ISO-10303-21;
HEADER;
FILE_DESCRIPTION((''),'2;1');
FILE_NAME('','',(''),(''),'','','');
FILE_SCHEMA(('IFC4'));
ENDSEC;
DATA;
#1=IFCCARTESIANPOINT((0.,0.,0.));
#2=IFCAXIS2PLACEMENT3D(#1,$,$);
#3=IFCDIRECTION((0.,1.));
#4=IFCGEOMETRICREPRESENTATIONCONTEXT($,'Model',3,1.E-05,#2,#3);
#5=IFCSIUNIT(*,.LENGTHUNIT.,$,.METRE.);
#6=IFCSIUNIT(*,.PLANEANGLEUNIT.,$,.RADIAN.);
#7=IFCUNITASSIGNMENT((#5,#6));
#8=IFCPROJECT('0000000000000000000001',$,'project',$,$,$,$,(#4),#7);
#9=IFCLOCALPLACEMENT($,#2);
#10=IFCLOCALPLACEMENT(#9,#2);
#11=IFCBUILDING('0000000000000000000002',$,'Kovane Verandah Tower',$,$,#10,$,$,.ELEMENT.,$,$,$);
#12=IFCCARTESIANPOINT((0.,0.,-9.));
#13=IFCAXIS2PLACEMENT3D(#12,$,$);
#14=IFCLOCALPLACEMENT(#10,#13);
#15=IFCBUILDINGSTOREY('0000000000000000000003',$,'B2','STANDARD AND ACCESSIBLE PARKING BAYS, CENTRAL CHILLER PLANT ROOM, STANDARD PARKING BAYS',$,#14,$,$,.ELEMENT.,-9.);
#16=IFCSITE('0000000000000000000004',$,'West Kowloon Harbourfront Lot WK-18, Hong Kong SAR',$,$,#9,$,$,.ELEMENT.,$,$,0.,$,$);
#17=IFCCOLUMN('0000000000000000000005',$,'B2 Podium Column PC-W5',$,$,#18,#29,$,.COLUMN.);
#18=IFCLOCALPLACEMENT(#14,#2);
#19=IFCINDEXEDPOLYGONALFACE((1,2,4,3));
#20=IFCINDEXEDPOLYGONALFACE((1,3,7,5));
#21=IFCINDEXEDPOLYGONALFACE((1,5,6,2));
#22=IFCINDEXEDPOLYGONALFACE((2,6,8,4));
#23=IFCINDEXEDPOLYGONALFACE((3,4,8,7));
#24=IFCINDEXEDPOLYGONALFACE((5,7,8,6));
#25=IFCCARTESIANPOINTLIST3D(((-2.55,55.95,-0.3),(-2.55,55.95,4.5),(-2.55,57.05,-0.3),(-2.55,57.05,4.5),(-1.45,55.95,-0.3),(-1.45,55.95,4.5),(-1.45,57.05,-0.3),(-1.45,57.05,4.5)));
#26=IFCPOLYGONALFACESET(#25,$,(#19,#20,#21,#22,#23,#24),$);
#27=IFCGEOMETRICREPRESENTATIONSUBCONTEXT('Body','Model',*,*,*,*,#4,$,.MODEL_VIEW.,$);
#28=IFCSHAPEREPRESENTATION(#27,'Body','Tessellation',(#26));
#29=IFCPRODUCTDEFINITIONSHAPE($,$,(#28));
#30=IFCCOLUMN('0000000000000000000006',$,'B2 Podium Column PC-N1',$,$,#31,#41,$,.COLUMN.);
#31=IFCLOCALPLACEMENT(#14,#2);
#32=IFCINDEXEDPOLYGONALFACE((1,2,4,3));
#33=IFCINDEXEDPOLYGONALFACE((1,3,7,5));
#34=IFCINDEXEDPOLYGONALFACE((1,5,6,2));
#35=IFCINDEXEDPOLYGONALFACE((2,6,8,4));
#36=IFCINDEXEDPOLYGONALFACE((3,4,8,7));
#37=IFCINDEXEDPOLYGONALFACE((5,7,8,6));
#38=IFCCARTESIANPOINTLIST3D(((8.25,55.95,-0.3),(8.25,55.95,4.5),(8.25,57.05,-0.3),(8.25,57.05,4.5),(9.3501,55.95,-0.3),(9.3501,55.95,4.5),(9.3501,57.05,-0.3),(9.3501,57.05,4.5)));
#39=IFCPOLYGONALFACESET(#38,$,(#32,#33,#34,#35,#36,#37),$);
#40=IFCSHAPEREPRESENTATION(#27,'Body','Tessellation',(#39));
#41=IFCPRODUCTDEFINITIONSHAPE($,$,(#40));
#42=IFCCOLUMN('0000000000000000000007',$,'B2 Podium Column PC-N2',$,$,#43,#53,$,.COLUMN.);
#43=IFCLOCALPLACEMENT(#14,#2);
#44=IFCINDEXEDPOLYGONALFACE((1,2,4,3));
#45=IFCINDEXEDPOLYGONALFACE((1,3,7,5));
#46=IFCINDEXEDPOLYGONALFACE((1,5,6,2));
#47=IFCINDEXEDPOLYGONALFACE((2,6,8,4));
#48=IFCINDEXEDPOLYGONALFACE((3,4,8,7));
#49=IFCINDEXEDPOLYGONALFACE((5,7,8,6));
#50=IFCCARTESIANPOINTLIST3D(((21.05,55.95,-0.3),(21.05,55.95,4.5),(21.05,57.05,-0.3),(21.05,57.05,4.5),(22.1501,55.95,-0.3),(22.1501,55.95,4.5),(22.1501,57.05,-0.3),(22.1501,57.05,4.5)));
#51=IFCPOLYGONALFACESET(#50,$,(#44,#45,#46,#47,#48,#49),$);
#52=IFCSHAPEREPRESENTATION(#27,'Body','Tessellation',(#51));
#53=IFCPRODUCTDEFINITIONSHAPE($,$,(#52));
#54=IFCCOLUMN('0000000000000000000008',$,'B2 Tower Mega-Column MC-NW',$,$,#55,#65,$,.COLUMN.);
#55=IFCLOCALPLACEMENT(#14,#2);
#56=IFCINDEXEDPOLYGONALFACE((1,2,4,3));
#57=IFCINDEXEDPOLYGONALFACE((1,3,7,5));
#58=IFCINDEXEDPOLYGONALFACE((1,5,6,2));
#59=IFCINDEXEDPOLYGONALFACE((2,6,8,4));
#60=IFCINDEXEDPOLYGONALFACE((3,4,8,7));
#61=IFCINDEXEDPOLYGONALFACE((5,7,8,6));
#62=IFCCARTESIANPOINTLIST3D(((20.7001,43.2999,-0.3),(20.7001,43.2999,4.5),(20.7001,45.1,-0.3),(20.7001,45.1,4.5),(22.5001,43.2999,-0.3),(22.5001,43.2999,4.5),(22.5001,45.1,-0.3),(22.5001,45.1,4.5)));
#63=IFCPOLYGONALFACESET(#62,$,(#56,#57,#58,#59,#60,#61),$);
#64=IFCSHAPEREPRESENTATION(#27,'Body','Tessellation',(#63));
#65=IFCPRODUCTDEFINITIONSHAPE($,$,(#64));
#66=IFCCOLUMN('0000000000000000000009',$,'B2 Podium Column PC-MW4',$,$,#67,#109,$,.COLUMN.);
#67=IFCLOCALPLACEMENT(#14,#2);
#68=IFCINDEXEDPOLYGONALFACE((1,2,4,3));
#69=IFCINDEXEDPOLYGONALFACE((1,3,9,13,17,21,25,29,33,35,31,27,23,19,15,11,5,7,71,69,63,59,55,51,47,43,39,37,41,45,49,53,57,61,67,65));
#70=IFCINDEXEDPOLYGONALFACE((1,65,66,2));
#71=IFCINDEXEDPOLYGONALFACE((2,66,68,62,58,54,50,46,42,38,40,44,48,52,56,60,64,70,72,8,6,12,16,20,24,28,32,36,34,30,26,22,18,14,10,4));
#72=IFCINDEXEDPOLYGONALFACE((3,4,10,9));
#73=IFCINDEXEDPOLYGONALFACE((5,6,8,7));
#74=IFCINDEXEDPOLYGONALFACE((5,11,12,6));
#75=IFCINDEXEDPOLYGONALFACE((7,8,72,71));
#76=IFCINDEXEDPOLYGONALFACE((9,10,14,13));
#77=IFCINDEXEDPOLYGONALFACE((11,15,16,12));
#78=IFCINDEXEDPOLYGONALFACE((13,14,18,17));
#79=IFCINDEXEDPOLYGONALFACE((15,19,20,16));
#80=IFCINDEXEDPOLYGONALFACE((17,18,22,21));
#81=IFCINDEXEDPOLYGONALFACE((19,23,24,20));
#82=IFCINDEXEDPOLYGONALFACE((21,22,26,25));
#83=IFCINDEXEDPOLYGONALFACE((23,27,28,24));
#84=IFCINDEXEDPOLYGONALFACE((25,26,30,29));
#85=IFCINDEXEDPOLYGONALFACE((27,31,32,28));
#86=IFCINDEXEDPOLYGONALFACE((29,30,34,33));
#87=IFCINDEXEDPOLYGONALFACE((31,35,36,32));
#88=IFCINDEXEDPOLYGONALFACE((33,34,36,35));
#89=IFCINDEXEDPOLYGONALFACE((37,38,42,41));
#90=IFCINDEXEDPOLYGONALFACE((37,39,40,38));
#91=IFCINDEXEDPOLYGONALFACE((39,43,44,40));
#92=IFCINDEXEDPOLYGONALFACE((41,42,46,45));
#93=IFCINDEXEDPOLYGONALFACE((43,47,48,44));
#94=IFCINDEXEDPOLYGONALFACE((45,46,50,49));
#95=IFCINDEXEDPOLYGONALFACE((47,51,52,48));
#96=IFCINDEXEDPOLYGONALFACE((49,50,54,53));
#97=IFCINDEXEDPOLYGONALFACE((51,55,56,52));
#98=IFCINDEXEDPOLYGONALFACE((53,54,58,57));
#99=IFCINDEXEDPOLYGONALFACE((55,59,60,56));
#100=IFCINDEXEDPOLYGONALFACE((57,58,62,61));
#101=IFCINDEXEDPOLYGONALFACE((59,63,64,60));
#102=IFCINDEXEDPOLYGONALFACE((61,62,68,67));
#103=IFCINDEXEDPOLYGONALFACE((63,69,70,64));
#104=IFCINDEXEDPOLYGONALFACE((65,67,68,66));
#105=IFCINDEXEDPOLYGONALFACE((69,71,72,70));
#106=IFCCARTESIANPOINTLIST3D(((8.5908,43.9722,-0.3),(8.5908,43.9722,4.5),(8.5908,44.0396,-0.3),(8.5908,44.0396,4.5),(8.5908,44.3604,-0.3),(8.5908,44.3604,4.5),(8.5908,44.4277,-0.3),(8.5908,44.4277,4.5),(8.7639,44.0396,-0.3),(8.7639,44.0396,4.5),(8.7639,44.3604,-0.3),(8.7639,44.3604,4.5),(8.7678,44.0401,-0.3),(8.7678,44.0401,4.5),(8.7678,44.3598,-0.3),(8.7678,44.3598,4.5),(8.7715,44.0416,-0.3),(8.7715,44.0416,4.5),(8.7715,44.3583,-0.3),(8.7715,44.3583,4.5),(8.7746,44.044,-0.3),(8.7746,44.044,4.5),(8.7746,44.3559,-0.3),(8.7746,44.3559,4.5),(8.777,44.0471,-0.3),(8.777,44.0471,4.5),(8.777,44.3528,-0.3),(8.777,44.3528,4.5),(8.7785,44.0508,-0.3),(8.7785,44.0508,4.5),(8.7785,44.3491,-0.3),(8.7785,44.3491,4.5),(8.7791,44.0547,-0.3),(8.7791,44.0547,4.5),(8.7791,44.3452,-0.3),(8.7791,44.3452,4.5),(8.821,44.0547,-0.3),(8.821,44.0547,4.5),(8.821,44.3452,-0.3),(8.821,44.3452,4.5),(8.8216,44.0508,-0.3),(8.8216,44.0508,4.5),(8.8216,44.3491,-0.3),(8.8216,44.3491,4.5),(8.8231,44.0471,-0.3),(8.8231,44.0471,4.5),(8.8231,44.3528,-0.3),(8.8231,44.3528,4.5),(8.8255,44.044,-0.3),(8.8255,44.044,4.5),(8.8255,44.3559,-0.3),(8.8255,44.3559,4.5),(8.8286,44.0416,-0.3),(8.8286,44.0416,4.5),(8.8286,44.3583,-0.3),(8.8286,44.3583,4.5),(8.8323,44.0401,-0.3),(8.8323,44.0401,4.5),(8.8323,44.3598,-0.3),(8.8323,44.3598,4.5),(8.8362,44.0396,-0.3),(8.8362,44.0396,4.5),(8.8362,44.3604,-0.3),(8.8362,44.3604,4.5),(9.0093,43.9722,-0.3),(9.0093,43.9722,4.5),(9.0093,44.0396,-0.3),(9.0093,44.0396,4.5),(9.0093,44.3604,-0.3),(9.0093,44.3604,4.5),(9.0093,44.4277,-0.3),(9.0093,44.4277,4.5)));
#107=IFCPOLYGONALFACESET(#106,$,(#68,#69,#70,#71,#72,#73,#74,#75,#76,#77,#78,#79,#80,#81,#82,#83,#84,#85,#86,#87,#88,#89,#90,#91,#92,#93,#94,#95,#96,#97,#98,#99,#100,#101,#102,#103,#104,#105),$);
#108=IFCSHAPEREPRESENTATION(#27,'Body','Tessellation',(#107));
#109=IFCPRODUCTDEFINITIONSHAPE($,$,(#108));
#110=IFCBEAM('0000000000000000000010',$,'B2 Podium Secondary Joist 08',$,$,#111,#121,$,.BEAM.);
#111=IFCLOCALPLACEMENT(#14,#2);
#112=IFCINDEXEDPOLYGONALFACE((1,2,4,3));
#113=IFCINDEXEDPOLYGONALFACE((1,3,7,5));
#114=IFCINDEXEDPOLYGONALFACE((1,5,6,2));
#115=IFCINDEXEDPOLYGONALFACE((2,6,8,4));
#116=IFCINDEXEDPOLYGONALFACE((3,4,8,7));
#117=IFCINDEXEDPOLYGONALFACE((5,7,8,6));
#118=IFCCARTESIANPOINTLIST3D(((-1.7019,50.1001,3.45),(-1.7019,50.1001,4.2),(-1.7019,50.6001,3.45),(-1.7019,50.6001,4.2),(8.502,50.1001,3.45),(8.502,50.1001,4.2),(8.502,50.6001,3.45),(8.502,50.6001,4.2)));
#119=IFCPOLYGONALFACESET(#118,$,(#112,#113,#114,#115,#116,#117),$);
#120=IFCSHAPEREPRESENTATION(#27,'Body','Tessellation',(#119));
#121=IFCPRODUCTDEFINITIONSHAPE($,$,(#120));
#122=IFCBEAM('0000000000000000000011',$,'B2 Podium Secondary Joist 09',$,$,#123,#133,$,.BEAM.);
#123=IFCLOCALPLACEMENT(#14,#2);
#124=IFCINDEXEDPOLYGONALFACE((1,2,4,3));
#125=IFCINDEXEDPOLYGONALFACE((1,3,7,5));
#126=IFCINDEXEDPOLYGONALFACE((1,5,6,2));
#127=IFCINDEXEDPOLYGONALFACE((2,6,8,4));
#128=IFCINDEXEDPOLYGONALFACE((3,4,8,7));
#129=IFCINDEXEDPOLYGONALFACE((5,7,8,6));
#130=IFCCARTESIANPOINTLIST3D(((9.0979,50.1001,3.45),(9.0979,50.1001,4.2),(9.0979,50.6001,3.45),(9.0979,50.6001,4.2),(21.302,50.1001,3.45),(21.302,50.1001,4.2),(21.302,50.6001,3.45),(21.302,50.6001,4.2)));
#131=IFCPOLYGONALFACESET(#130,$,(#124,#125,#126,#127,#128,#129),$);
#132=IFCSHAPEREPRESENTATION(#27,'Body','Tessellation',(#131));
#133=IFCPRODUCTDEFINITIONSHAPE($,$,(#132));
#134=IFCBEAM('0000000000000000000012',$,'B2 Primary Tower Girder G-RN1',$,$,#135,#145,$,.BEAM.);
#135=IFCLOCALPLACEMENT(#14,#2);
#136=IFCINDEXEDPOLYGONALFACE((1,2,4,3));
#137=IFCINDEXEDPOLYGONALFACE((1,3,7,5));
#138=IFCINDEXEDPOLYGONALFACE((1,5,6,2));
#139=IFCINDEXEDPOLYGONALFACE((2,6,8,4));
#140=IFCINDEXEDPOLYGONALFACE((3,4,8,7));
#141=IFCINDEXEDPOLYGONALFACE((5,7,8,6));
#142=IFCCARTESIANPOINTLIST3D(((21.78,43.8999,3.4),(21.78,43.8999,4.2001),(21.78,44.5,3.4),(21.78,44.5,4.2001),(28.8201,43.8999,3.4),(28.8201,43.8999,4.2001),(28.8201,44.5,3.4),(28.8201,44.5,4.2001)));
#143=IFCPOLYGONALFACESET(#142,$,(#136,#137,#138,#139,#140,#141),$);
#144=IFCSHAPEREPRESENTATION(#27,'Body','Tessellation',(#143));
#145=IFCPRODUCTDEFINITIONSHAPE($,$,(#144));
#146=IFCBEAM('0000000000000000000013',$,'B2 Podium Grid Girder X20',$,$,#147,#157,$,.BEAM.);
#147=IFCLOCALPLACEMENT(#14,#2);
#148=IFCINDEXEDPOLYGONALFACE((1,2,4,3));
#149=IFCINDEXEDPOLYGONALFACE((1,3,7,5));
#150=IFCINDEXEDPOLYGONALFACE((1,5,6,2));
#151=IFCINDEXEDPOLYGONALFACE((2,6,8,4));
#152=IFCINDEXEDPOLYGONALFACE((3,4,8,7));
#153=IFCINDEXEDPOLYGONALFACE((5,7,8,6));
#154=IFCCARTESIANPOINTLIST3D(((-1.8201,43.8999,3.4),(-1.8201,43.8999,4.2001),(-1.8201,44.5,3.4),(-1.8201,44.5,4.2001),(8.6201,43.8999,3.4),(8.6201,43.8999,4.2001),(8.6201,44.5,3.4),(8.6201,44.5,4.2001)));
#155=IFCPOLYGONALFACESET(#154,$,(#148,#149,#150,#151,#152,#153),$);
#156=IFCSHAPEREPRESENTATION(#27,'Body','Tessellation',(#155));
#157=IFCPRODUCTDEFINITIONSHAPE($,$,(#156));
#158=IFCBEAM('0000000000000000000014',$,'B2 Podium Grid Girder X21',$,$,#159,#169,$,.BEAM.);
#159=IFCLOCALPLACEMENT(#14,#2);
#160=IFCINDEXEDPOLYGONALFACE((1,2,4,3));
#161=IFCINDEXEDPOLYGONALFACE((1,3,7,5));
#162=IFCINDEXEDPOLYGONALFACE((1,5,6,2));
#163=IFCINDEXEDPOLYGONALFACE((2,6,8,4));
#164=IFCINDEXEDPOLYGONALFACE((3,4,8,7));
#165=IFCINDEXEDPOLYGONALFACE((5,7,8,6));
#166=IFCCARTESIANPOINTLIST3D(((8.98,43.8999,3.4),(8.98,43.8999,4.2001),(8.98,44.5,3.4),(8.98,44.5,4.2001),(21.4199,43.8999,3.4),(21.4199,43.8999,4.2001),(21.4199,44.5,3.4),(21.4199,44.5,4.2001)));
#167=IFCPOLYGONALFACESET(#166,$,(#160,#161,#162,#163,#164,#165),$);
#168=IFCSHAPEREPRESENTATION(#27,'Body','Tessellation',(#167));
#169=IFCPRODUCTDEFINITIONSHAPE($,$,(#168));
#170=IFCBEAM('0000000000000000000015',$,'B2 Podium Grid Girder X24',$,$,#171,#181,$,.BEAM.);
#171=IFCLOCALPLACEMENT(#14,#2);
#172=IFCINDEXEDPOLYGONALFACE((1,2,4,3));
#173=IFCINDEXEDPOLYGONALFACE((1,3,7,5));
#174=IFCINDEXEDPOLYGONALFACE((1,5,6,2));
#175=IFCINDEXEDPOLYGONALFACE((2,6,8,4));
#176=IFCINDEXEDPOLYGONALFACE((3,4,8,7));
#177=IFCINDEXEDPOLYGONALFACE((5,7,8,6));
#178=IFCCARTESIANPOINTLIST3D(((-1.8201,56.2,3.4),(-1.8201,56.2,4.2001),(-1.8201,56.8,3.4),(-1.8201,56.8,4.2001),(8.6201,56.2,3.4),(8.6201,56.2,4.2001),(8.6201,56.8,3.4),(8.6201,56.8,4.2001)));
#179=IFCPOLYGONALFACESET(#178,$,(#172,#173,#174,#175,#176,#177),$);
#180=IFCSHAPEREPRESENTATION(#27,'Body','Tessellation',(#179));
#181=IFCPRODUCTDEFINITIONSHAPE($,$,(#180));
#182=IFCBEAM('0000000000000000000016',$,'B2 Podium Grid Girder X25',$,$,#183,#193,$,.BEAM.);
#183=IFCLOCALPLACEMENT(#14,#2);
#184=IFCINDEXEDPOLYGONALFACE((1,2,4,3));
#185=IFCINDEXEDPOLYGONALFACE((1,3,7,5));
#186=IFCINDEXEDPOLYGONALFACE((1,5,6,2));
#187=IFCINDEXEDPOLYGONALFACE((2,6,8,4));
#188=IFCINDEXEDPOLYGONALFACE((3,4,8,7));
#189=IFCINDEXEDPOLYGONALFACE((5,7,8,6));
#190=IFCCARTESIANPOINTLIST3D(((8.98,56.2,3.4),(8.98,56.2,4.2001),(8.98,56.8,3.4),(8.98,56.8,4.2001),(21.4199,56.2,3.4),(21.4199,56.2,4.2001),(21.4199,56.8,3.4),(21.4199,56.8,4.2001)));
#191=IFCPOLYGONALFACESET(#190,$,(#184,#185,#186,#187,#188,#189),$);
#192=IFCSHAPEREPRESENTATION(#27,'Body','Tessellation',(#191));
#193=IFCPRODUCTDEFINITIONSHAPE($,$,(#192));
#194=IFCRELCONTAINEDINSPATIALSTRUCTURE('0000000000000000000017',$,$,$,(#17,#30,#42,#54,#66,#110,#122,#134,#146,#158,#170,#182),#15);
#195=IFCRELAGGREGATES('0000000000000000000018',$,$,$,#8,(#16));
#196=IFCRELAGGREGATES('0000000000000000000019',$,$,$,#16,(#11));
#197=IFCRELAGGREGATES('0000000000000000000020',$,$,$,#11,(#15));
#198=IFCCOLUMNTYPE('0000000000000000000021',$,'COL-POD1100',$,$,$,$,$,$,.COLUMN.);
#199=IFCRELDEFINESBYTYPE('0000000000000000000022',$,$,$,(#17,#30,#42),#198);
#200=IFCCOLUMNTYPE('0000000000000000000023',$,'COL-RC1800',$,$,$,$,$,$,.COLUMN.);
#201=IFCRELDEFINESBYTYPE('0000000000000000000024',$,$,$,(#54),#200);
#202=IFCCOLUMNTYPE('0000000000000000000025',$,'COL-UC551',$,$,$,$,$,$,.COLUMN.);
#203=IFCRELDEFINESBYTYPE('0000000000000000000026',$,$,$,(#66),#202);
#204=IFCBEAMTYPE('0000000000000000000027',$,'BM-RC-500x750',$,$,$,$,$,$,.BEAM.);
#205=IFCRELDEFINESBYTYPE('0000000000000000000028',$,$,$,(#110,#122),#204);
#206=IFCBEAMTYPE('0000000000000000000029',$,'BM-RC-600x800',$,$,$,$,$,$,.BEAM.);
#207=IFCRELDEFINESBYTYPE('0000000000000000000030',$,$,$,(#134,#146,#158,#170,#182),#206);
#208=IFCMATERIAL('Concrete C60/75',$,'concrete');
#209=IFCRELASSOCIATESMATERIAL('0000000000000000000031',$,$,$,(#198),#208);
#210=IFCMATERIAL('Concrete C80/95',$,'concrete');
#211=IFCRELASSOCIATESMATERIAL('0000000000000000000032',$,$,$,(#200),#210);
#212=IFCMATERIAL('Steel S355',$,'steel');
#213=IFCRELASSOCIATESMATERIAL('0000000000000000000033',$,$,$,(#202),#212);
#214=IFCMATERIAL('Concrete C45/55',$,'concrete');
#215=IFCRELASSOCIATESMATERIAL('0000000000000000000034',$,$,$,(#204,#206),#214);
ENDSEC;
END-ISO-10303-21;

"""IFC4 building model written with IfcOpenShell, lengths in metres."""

from ifc_helpers import new_model, si_unit, direction, frame, origin, origin_2d, place, context, subcontext, project, spatial, rectangle, i_section, extrude, material, material_profile, profile_set, type_object, element, save


model = new_model("IFC4")

# Units and contexts
model_context = context("Model", 3, precision=1e-05, world=origin(), true_north=direction((0.0, 1.0)))
body_context = subcontext(model_context, "Body", "Model", "MODEL_VIEW")
ifc_project = project(units=[si_unit("LENGTHUNIT", "METRE"), si_unit("PLANEANGLEUNIT", "RADIAN")], contexts=[model_context])

# Site, building, storey
site_placement = place(None, origin())
site = spatial("IfcSite", under=ifc_project, at=site_placement, Name="West Kowloon Harbourfront Lot WK-18, Hong Kong SAR", CompositionType="ELEMENT", RefElevation=0.0)
building_placement = place(site_placement, origin())
building = spatial("IfcBuilding", under=site, at=building_placement, Name="Kovane Verandah Tower", CompositionType="ELEMENT")
storey_placement = place(building_placement, frame((0.0, 0.0, -9.0)))
storey = spatial("IfcBuildingStorey", under=building, at=storey_placement, Name="B2", Description="STANDARD AND ACCESSIBLE PARKING BAYS, CENTRAL CHILLER PLANT ROOM, STANDARD PARKING BAYS", CompositionType="ELEMENT", Elevation=-9.0)

# Shared definitions
ifc_material_1 = material(Name="Concrete C60/75", Category="concrete")

# Columns
ifc_material_profile_1 = material_profile(ifc_material_1, rectangle(XDim=1.1001, YDim=1.1001, at=origin_2d()), Name="RC1100x1100")
ifc_profile_set_1 = profile_set([ifc_material_profile_1], Name="Concrete C60/75")
column_type_1 = type_object("IfcColumnType", Name="COL-POD1100", PredefinedType="COLUMN", material=ifc_profile_set_1)
for number, where, z_axis, x_axis, name in (
    (1, (-2.0, 56.5, -0.3), (0.0, 0.0, 1.0), (1.0, 0.0, 0.0), "B2 Podium Column PC-W5"),
    (2, (8.8, 56.5, -0.3), (0.0, 0.0, 1.0), (1.0, 0.0, 0.0), "B2 Podium Column PC-N1"),
    (3, (21.6001, 56.5, -0.3), (0.0, 0.0, 1.0), (1.0, 0.0, 0.0), "B2 Podium Column PC-N2"),
):
    element("IfcColumn", number, at=place(storey_placement, frame(where, z_axis=z_axis, x_axis=x_axis)), inside=storey, type_object=column_type_1, Name=name, PredefinedType="COLUMN", context=body_context, shape_type="SweptSolid", body=[
        extrude(rectangle(XDim=1.1001, YDim=1.1001, at=origin_2d()), origin(), (0.0, 0.0, 1.0), 4.8),
    ])
ifc_material_2 = material(Name="Concrete C80/95", Category="concrete")
ifc_material_profile_2 = material_profile(ifc_material_2, rectangle(XDim=1.8, YDim=1.8, at=origin_2d()), Name="RC1800x1800")
ifc_profile_set_2 = profile_set([ifc_material_profile_2], Name="Concrete C80/95")
column_type_2 = type_object("IfcColumnType", Name="COL-RC1800", PredefinedType="COLUMN", material=ifc_profile_set_2)
column_1_placement = place(storey_placement, frame((21.6001, 44.2, -0.3), z_axis=(0.0, 0.0, 1.0), x_axis=(1.0, 0.0, 0.0)))
element("IfcColumn", 4, at=column_1_placement, inside=storey, type_object=column_type_2, Name="B2 Tower Mega-Column MC-NW", PredefinedType="COLUMN", context=body_context, shape_type="SweptSolid", body=[
    extrude(rectangle(XDim=1.8, YDim=1.8, at=origin_2d()), origin(), (0.0, 0.0, 1.0), 4.8),
])
ifc_material_3 = material(Name="Steel S355", Category="steel")
ifc_material_profile_3 = material_profile(ifc_material_3, i_section(OverallWidth=0.4185, OverallDepth=0.4556, WebThickness=0.042, FlangeThickness=0.0674, FilletRadius=0.0151, at=origin_2d()), Name="UC356x406x551")
ifc_profile_set_3 = profile_set([ifc_material_profile_3], Name="Steel S355")
column_type_3 = type_object("IfcColumnType", Name="COL-UC551", PredefinedType="COLUMN", material=ifc_profile_set_3)
column_2_placement = place(storey_placement, frame((8.8, 44.2, -0.3), z_axis=(0.0, 0.0, 1.0), x_axis=(1.0, 0.0, 0.0)))
element("IfcColumn", 5, at=column_2_placement, inside=storey, type_object=column_type_3, Name="B2 Podium Column PC-MW4", PredefinedType="COLUMN", context=body_context, shape_type="SweptSolid", body=[
    extrude(i_section(OverallWidth=0.4185, OverallDepth=0.4556, WebThickness=0.042, FlangeThickness=0.0674, FilletRadius=0.0151, at=origin_2d()), origin(), (0.0, 0.0, 1.0), 4.8),
])

# Beams
ifc_material_4 = material(Name="Concrete C45/55", Category="concrete")
ifc_material_profile_4 = material_profile(ifc_material_4, rectangle(XDim=0.5, YDim=0.75, at=origin_2d()), Name="RCB500x750")
ifc_profile_set_4 = profile_set([ifc_material_profile_4], Name="Concrete C45/55")
beam_type_1 = type_object("IfcBeamType", Name="BM-RC-500x750", PredefinedType="BEAM", material=ifc_profile_set_4)
beam_1_placement = place(storey_placement, frame((-1.7019, 50.3501, 3.825), z_axis=(1.0, 0.0, 0.0), x_axis=(0.0, 1.0, 0.0)))
element("IfcBeam", 6, at=beam_1_placement, inside=storey, type_object=beam_type_1, Name="B2 Podium Secondary Joist 08", PredefinedType="BEAM", context=body_context, shape_type="SweptSolid", body=[
    extrude(rectangle(XDim=0.5, YDim=0.75, at=origin_2d()), origin(), (0.0, 0.0, 1.0), 10.2039),
])
beam_2_placement = place(storey_placement, frame((9.0979, 50.3501, 3.825), z_axis=(1.0, 0.0, 0.0), x_axis=(0.0, 1.0, 0.0)))
element("IfcBeam", 7, at=beam_2_placement, inside=storey, type_object=beam_type_1, Name="B2 Podium Secondary Joist 09", PredefinedType="BEAM", context=body_context, shape_type="SweptSolid", body=[
    extrude(rectangle(XDim=0.5, YDim=0.75, at=origin_2d()), origin(), (0.0, 0.0, 1.0), 12.2041),
])
ifc_material_profile_5 = material_profile(ifc_material_4, rectangle(XDim=0.6001, YDim=0.8, at=origin_2d()), Name="RCB600x800")
ifc_profile_set_5 = profile_set([ifc_material_profile_5], Name="Concrete C45/55")
beam_type_2 = type_object("IfcBeamType", Name="BM-RC-600x800", PredefinedType="BEAM", material=ifc_profile_set_5)
beam_3_placement = place(storey_placement, frame((21.78, 44.2, 3.8), z_axis=(1.0, 0.0, 0.0), x_axis=(0.0, 1.0, 0.0)))
element("IfcBeam", 8, at=beam_3_placement, inside=storey, type_object=beam_type_2, Name="B2 Primary Tower Girder G-RN1", PredefinedType="BEAM", context=body_context, shape_type="SweptSolid", body=[
    extrude(rectangle(XDim=0.6001, YDim=0.8, at=origin_2d()), origin(), (0.0, 0.0, 1.0), 7.04),
])
beam_4_placement = place(storey_placement, frame((-1.8201, 44.2, 3.8), z_axis=(1.0, 0.0, 0.0), x_axis=(0.0, 1.0, 0.0)))
element("IfcBeam", 9, at=beam_4_placement, inside=storey, type_object=beam_type_2, Name="B2 Podium Grid Girder X20", PredefinedType="BEAM", context=body_context, shape_type="SweptSolid", body=[
    extrude(rectangle(XDim=0.6001, YDim=0.8, at=origin_2d()), origin(), (0.0, 0.0, 1.0), 10.4402),
])
beam_5_placement = place(storey_placement, frame((8.98, 44.2, 3.8), z_axis=(1.0, 0.0, 0.0), x_axis=(0.0, 1.0, 0.0)))
element("IfcBeam", 10, at=beam_5_placement, inside=storey, type_object=beam_type_2, Name="B2 Podium Grid Girder X21", PredefinedType="BEAM", context=body_context, shape_type="SweptSolid", body=[
    extrude(rectangle(XDim=0.6001, YDim=0.8, at=origin_2d()), origin(), (0.0, 0.0, 1.0), 12.4399),
])
beam_6_placement = place(storey_placement, frame((-1.8201, 56.5, 3.8), z_axis=(1.0, 0.0, 0.0), x_axis=(0.0, 1.0, 0.0)))
element("IfcBeam", 11, at=beam_6_placement, inside=storey, type_object=beam_type_2, Name="B2 Podium Grid Girder X24", PredefinedType="BEAM", context=body_context, shape_type="SweptSolid", body=[
    extrude(rectangle(XDim=0.6001, YDim=0.8, at=origin_2d()), origin(), (0.0, 0.0, 1.0), 10.4402),
])
beam_7_placement = place(storey_placement, frame((8.98, 56.5, 3.8), z_axis=(1.0, 0.0, 0.0), x_axis=(0.0, 1.0, 0.0)))
element("IfcBeam", 12, at=beam_7_placement, inside=storey, type_object=beam_type_2, Name="B2 Podium Grid Girder X25", PredefinedType="BEAM", context=body_context, shape_type="SweptSolid", body=[
    extrude(rectangle(XDim=0.6001, YDim=0.8, at=origin_2d()), origin(), (0.0, 0.0, 1.0), 12.4399),
])

save(model, "model.ifc")
